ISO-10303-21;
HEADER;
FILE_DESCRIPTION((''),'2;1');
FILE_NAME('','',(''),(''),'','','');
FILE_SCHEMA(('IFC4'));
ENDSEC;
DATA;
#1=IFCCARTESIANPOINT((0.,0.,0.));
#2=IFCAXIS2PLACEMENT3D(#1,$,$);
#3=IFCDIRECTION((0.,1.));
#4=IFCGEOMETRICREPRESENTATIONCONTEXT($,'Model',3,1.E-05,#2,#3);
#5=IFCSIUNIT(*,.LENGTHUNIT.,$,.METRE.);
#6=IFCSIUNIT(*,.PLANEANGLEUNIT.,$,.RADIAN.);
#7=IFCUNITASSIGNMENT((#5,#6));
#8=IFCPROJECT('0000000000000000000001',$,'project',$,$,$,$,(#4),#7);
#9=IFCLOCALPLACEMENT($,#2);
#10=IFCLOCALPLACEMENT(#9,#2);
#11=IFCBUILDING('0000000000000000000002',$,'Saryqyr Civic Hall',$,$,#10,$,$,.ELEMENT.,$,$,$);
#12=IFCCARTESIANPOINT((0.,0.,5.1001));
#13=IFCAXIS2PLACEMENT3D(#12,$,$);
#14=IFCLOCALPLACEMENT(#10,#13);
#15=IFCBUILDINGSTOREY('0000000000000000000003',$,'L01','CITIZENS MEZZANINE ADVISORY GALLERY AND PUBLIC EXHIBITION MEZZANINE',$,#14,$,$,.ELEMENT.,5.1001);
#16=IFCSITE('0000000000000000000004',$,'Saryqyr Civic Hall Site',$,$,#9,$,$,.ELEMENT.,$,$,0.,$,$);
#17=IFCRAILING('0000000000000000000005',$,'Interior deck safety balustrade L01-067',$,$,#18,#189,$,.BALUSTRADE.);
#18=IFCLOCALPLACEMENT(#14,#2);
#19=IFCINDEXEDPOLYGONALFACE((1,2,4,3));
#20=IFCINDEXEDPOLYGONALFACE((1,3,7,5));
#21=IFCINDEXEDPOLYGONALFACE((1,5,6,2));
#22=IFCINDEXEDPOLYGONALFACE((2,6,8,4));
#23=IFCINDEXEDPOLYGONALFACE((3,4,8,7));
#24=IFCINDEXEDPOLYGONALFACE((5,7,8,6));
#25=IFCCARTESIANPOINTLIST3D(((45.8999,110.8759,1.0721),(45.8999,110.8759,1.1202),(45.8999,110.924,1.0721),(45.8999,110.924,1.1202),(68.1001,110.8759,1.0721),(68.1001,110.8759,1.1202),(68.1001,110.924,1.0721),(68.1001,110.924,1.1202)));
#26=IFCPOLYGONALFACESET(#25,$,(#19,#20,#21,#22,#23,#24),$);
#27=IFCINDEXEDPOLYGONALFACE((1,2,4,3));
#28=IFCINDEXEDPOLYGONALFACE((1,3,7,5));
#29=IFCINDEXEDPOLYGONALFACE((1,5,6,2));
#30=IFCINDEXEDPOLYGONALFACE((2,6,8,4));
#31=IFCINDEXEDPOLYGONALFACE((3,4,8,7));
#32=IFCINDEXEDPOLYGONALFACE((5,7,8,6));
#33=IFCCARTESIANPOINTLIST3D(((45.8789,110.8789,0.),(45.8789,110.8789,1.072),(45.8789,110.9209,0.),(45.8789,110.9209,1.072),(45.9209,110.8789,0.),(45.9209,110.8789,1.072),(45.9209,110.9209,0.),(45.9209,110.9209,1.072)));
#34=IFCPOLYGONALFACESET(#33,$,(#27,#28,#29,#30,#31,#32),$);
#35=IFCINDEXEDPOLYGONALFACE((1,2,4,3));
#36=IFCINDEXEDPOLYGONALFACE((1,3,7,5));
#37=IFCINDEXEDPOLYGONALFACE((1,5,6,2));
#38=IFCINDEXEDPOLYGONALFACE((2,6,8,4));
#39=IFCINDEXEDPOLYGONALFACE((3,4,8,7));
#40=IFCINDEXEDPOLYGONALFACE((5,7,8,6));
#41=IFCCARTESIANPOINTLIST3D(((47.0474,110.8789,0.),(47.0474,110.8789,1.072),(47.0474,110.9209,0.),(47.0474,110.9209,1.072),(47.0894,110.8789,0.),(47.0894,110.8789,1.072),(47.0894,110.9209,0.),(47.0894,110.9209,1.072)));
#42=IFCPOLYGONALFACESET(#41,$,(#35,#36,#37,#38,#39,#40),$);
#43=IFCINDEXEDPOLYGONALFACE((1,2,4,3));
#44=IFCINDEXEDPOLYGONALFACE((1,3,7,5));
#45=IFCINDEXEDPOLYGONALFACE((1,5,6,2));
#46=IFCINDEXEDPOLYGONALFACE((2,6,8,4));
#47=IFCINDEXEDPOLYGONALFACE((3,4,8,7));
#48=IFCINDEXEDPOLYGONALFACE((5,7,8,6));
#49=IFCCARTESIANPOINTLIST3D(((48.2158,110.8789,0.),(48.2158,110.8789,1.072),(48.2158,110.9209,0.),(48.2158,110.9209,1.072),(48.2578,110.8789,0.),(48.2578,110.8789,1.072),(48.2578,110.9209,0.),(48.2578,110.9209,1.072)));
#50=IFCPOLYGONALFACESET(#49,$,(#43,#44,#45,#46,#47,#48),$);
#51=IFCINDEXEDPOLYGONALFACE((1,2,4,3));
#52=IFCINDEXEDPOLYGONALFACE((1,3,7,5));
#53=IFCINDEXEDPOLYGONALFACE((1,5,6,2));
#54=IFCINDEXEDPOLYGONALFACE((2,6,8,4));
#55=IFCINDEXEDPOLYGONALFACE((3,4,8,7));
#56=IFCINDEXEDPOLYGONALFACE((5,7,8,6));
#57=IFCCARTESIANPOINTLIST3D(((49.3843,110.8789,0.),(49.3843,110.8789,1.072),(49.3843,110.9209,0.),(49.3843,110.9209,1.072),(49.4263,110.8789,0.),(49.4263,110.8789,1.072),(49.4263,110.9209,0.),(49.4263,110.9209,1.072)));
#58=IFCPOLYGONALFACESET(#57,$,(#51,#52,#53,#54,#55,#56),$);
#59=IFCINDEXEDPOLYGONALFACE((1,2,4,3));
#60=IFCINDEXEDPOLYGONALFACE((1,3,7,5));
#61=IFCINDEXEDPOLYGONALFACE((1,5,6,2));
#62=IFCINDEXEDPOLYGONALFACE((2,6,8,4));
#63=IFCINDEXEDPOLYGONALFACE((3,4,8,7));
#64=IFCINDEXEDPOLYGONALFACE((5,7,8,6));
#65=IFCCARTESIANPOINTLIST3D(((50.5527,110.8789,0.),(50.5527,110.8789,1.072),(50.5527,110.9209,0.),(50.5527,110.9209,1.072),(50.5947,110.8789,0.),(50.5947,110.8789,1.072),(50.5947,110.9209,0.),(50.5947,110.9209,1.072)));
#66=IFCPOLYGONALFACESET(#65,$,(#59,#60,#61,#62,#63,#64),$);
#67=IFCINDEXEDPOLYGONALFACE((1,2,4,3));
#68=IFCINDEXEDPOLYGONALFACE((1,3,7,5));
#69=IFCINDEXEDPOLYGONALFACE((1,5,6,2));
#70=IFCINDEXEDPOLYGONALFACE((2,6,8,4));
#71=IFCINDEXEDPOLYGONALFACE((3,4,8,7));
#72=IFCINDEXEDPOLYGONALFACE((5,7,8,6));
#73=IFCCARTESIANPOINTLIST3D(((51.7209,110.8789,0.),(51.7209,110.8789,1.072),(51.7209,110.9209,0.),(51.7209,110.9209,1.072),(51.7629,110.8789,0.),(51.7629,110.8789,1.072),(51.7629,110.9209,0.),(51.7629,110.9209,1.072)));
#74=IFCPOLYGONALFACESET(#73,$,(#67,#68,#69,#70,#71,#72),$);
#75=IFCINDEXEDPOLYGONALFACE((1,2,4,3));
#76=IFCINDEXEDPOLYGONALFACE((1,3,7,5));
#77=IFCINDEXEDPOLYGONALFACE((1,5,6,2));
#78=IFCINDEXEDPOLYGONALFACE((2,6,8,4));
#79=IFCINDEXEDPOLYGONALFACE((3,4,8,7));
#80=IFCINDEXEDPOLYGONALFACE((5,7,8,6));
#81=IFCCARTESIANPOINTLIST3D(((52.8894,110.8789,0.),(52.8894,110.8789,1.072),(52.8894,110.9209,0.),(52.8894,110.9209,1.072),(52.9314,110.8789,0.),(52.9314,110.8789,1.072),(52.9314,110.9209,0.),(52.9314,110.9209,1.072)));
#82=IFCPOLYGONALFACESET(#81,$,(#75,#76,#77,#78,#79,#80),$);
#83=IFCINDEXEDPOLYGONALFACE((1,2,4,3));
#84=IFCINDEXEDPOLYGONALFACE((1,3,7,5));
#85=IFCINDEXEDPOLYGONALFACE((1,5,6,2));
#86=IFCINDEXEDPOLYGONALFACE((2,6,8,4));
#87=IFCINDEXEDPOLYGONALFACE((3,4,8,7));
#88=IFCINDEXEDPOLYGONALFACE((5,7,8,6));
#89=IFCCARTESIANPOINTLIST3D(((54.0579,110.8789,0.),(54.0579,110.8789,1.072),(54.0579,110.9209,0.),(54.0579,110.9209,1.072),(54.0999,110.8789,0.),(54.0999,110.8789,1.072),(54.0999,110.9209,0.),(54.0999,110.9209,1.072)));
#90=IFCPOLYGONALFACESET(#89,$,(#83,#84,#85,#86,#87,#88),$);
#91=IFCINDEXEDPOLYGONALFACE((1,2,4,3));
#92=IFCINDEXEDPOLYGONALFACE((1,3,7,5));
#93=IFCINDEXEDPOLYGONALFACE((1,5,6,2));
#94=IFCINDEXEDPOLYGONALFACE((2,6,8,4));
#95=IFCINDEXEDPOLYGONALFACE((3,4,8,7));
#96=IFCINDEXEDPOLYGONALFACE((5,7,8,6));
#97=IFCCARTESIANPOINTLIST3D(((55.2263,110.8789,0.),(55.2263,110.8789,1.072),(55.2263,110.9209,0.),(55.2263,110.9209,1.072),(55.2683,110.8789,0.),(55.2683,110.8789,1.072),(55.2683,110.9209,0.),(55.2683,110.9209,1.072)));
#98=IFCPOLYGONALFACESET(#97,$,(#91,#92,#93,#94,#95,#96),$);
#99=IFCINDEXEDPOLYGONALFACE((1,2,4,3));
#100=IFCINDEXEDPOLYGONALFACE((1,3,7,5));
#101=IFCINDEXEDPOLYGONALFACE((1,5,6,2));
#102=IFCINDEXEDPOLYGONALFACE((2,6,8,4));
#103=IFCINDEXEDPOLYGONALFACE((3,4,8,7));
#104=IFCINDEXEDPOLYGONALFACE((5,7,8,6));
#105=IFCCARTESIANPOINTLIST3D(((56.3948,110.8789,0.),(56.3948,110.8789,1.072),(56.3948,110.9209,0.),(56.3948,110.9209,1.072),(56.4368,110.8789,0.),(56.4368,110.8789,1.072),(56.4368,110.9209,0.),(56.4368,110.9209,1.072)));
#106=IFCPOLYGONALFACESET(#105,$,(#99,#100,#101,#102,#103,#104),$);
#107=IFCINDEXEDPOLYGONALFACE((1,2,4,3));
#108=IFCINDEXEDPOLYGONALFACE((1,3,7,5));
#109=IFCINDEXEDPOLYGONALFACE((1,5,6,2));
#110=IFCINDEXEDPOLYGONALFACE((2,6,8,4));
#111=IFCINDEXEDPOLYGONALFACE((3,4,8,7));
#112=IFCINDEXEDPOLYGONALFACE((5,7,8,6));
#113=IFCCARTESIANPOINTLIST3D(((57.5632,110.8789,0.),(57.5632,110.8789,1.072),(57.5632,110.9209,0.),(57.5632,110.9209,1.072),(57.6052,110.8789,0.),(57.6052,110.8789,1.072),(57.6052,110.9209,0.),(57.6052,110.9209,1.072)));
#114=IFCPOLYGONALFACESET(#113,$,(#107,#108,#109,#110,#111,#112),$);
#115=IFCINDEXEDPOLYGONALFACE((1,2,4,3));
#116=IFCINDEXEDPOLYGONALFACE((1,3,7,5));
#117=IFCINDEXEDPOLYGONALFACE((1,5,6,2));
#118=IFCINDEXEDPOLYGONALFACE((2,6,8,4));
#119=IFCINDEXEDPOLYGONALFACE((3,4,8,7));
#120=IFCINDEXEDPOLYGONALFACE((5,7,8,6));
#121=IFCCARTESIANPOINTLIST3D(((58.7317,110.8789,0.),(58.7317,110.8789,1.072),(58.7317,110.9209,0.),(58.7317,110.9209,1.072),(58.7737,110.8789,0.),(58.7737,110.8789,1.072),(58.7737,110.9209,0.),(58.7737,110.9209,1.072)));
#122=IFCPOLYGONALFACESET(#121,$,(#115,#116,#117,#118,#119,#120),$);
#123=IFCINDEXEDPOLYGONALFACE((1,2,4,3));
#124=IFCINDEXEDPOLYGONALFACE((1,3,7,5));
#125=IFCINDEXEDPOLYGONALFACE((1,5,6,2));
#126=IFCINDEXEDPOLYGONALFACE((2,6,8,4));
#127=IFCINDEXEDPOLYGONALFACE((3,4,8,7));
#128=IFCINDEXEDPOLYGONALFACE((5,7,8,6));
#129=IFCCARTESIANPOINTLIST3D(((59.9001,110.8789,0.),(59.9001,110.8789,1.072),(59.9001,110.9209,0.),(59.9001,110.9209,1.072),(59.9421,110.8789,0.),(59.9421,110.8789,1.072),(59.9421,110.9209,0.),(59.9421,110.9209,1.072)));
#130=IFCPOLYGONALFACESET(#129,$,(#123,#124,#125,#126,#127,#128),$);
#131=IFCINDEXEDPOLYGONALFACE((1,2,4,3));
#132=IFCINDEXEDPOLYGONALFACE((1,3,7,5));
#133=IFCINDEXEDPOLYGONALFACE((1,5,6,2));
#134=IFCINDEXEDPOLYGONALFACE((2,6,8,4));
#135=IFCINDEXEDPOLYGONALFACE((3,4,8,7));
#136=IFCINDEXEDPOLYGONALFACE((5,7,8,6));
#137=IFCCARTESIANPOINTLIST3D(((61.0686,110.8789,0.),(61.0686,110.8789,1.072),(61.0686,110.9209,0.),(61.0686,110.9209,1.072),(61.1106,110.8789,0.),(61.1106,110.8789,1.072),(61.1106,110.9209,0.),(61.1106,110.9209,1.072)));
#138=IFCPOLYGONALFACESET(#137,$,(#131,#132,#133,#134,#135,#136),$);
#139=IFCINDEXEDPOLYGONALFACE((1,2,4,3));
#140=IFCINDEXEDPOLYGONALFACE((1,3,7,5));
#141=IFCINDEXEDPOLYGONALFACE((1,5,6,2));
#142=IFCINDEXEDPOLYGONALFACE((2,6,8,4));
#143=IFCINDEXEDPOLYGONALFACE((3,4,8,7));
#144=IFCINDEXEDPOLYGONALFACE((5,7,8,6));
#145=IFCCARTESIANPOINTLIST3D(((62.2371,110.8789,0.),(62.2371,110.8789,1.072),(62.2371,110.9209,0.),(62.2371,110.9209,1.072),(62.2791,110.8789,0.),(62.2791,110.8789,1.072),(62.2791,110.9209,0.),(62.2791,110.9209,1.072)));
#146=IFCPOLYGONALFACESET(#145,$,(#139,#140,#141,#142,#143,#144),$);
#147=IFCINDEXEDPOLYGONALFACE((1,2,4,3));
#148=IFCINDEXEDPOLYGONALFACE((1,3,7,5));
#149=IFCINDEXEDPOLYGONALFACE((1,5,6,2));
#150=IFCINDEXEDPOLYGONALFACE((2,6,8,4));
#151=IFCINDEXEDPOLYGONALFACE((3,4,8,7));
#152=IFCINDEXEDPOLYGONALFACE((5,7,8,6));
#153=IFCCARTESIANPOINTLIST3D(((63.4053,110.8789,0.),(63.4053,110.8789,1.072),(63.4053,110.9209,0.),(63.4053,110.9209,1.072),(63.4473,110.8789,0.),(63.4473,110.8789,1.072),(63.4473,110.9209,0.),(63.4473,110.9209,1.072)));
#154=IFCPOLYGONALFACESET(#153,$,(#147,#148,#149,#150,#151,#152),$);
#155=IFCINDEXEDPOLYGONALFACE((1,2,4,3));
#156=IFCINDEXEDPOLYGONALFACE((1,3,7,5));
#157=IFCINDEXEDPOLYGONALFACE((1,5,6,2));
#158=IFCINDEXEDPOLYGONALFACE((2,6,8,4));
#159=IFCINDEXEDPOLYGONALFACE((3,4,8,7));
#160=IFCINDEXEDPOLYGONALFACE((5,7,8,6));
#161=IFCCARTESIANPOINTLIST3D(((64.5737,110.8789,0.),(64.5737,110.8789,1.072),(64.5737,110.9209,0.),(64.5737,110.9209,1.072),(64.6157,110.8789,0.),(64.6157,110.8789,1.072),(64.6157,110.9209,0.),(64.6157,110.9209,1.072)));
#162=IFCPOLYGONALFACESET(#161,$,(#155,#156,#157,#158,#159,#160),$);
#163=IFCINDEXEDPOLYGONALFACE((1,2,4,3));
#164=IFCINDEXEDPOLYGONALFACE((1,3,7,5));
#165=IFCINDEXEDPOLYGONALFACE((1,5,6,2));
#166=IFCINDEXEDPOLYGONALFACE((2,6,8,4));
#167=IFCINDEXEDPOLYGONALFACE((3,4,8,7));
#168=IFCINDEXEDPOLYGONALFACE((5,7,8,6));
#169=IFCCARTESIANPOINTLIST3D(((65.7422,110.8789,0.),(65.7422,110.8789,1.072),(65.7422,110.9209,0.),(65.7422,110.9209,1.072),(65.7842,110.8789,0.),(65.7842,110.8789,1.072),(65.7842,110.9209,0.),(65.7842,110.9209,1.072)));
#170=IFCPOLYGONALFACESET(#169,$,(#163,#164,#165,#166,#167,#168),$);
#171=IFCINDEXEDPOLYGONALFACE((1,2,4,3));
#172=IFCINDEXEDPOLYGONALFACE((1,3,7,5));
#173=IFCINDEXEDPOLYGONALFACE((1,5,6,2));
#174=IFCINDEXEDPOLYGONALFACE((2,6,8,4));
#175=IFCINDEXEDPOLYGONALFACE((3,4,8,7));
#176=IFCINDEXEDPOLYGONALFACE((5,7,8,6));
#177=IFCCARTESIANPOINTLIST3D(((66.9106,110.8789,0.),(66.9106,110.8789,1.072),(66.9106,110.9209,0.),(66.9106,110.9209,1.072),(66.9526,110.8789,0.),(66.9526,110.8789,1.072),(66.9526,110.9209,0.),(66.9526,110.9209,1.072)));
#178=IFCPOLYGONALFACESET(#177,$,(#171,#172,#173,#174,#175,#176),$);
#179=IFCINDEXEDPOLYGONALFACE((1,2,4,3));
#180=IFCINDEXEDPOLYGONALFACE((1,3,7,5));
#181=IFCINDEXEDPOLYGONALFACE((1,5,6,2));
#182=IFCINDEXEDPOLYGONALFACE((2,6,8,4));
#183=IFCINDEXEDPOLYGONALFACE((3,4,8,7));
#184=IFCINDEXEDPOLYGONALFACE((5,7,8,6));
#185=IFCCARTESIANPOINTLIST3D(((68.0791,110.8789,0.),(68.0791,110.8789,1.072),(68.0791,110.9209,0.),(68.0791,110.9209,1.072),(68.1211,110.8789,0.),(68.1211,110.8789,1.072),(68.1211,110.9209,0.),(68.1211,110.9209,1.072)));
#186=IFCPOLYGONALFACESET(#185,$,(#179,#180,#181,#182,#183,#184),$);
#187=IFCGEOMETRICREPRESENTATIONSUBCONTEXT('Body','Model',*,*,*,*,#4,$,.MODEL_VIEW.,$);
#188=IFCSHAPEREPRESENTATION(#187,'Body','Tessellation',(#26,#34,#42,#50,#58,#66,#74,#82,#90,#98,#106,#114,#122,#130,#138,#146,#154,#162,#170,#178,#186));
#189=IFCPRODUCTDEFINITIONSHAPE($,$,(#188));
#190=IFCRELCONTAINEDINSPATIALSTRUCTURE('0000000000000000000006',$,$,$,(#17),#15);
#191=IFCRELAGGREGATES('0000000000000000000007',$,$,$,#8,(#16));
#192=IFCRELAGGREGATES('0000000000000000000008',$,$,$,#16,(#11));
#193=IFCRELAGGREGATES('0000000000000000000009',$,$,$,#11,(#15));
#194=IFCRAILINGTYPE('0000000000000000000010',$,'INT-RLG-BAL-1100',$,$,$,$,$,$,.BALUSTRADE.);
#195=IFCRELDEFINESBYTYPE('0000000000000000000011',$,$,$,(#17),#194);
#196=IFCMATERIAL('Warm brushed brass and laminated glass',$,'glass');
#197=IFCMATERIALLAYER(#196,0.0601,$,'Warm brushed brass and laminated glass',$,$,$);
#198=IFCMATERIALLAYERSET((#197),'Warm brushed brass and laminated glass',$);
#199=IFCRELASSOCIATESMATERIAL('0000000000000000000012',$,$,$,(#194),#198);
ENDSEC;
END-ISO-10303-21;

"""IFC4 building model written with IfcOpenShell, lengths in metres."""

from ifc_helpers import new_model, si_unit, direction, frame, origin, origin_2d, place, context, subcontext, project, spatial, rectangle, extrude, material, layer, layer_set, type_object, element, save


model = new_model("IFC4")

# Units and contexts
model_context = context("Model", 3, precision=1e-05, world=origin(), true_north=direction((0.0, 1.0)))
body_context = subcontext(model_context, "Body", "Model", "MODEL_VIEW")
ifc_project = project(units=[si_unit("LENGTHUNIT", "METRE"), si_unit("PLANEANGLEUNIT", "RADIAN")], contexts=[model_context])

# Site, building, storey
site_placement = place(None, origin())
site = spatial("IfcSite", under=ifc_project, at=site_placement, Name="Saryqyr Civic Hall Site", CompositionType="ELEMENT", RefElevation=0.0)
building_placement = place(site_placement, origin())
building = spatial("IfcBuilding", under=site, at=building_placement, Name="Saryqyr Civic Hall", CompositionType="ELEMENT")
storey_placement = place(building_placement, frame((0.0, 0.0, 5.1001)))
storey = spatial("IfcBuildingStorey", under=building, at=storey_placement, Name="L01", Description="CITIZENS MEZZANINE ADVISORY GALLERY AND PUBLIC EXHIBITION MEZZANINE", CompositionType="ELEMENT", Elevation=5.1001)

# Railing
ifc_material_1 = material(Name="Warm brushed brass and laminated glass", Category="glass")
ifc_layer_1 = layer(ifc_material_1, 0.0601, Name="Warm brushed brass and laminated glass")
ifc_layer_set_1 = layer_set([ifc_layer_1], Name="Warm brushed brass and laminated glass")
railing_type = type_object("IfcRailingType", Name="INT-RLG-BAL-1100", PredefinedType="BALUSTRADE", material=ifc_layer_set_1)
railing_1_placement = place(storey_placement, frame((45.8999, 110.8999, 0.0)))
element("IfcRailing", 1, at=railing_1_placement, inside=storey, type_object=railing_type, Name="Interior deck safety balustrade L01-067", PredefinedType="BALUSTRADE", context=body_context, shape_type="SweptSolid", body=[
    extrude(rectangle(XDim=0.0481, YDim=0.0481, at=origin_2d()), frame((0.0, 0.0, 1.0962), z_axis=(1.0, 0.0, 0.0), x_axis=(0.0, 1.0, 0.0)), (0.0, 0.0, 1.0), 22.2002),
    extrude(rectangle(XDim=0.042, YDim=0.042, at=origin_2d()), origin(), (0.0, 0.0, 1.0), 1.072),
    extrude(rectangle(XDim=0.042, YDim=0.042, at=origin_2d()), frame((1.1685, 0.0, 0.0)), (0.0, 0.0, 1.0), 1.072),
    extrude(rectangle(XDim=0.042, YDim=0.042, at=origin_2d()), frame((2.3369, 0.0, 0.0)), (0.0, 0.0, 1.0), 1.072),
    extrude(rectangle(XDim=0.042, YDim=0.042, at=origin_2d()), frame((3.5054, 0.0, 0.0)), (0.0, 0.0, 1.0), 1.072),
    extrude(rectangle(XDim=0.042, YDim=0.042, at=origin_2d()), frame((4.6738, 0.0, 0.0)), (0.0, 0.0, 1.0), 1.072),
    extrude(rectangle(XDim=0.042, YDim=0.042, at=origin_2d()), frame((5.842, 0.0, 0.0)), (0.0, 0.0, 1.0), 1.072),
    extrude(rectangle(XDim=0.042, YDim=0.042, at=origin_2d()), frame((7.0105, 0.0, 0.0)), (0.0, 0.0, 1.0), 1.072),
    extrude(rectangle(XDim=0.042, YDim=0.042, at=origin_2d()), frame((8.179, 0.0, 0.0)), (0.0, 0.0, 1.0), 1.072),
    extrude(rectangle(XDim=0.042, YDim=0.042, at=origin_2d()), frame((9.3474, 0.0, 0.0)), (0.0, 0.0, 1.0), 1.072),
    extrude(rectangle(XDim=0.042, YDim=0.042, at=origin_2d()), frame((10.5159, 0.0, 0.0)), (0.0, 0.0, 1.0), 1.072),
    extrude(rectangle(XDim=0.042, YDim=0.042, at=origin_2d()), frame((11.6843, 0.0, 0.0)), (0.0, 0.0, 1.0), 1.072),
    extrude(rectangle(XDim=0.042, YDim=0.042, at=origin_2d()), frame((12.8528, 0.0, 0.0)), (0.0, 0.0, 1.0), 1.072),
    extrude(rectangle(XDim=0.042, YDim=0.042, at=origin_2d()), frame((14.0212, 0.0, 0.0)), (0.0, 0.0, 1.0), 1.072),
    extrude(rectangle(XDim=0.042, YDim=0.042, at=origin_2d()), frame((15.1897, 0.0, 0.0)), (0.0, 0.0, 1.0), 1.072),
    extrude(rectangle(XDim=0.042, YDim=0.042, at=origin_2d()), frame((16.3582, 0.0, 0.0)), (0.0, 0.0, 1.0), 1.072),
    extrude(rectangle(XDim=0.042, YDim=0.042, at=origin_2d()), frame((17.5264, 0.0, 0.0)), (0.0, 0.0, 1.0), 1.072),
    extrude(rectangle(XDim=0.042, YDim=0.042, at=origin_2d()), frame((18.6948, 0.0, 0.0)), (0.0, 0.0, 1.0), 1.072),
    extrude(rectangle(XDim=0.042, YDim=0.042, at=origin_2d()), frame((19.8633, 0.0, 0.0)), (0.0, 0.0, 1.0), 1.072),
    extrude(rectangle(XDim=0.042, YDim=0.042, at=origin_2d()), frame((21.0317, 0.0, 0.0)), (0.0, 0.0, 1.0), 1.072),
    extrude(rectangle(XDim=0.042, YDim=0.042, at=origin_2d()), frame((22.2002, 0.0, 0.0)), (0.0, 0.0, 1.0), 1.072),
])

save(model, "model.ifc")
